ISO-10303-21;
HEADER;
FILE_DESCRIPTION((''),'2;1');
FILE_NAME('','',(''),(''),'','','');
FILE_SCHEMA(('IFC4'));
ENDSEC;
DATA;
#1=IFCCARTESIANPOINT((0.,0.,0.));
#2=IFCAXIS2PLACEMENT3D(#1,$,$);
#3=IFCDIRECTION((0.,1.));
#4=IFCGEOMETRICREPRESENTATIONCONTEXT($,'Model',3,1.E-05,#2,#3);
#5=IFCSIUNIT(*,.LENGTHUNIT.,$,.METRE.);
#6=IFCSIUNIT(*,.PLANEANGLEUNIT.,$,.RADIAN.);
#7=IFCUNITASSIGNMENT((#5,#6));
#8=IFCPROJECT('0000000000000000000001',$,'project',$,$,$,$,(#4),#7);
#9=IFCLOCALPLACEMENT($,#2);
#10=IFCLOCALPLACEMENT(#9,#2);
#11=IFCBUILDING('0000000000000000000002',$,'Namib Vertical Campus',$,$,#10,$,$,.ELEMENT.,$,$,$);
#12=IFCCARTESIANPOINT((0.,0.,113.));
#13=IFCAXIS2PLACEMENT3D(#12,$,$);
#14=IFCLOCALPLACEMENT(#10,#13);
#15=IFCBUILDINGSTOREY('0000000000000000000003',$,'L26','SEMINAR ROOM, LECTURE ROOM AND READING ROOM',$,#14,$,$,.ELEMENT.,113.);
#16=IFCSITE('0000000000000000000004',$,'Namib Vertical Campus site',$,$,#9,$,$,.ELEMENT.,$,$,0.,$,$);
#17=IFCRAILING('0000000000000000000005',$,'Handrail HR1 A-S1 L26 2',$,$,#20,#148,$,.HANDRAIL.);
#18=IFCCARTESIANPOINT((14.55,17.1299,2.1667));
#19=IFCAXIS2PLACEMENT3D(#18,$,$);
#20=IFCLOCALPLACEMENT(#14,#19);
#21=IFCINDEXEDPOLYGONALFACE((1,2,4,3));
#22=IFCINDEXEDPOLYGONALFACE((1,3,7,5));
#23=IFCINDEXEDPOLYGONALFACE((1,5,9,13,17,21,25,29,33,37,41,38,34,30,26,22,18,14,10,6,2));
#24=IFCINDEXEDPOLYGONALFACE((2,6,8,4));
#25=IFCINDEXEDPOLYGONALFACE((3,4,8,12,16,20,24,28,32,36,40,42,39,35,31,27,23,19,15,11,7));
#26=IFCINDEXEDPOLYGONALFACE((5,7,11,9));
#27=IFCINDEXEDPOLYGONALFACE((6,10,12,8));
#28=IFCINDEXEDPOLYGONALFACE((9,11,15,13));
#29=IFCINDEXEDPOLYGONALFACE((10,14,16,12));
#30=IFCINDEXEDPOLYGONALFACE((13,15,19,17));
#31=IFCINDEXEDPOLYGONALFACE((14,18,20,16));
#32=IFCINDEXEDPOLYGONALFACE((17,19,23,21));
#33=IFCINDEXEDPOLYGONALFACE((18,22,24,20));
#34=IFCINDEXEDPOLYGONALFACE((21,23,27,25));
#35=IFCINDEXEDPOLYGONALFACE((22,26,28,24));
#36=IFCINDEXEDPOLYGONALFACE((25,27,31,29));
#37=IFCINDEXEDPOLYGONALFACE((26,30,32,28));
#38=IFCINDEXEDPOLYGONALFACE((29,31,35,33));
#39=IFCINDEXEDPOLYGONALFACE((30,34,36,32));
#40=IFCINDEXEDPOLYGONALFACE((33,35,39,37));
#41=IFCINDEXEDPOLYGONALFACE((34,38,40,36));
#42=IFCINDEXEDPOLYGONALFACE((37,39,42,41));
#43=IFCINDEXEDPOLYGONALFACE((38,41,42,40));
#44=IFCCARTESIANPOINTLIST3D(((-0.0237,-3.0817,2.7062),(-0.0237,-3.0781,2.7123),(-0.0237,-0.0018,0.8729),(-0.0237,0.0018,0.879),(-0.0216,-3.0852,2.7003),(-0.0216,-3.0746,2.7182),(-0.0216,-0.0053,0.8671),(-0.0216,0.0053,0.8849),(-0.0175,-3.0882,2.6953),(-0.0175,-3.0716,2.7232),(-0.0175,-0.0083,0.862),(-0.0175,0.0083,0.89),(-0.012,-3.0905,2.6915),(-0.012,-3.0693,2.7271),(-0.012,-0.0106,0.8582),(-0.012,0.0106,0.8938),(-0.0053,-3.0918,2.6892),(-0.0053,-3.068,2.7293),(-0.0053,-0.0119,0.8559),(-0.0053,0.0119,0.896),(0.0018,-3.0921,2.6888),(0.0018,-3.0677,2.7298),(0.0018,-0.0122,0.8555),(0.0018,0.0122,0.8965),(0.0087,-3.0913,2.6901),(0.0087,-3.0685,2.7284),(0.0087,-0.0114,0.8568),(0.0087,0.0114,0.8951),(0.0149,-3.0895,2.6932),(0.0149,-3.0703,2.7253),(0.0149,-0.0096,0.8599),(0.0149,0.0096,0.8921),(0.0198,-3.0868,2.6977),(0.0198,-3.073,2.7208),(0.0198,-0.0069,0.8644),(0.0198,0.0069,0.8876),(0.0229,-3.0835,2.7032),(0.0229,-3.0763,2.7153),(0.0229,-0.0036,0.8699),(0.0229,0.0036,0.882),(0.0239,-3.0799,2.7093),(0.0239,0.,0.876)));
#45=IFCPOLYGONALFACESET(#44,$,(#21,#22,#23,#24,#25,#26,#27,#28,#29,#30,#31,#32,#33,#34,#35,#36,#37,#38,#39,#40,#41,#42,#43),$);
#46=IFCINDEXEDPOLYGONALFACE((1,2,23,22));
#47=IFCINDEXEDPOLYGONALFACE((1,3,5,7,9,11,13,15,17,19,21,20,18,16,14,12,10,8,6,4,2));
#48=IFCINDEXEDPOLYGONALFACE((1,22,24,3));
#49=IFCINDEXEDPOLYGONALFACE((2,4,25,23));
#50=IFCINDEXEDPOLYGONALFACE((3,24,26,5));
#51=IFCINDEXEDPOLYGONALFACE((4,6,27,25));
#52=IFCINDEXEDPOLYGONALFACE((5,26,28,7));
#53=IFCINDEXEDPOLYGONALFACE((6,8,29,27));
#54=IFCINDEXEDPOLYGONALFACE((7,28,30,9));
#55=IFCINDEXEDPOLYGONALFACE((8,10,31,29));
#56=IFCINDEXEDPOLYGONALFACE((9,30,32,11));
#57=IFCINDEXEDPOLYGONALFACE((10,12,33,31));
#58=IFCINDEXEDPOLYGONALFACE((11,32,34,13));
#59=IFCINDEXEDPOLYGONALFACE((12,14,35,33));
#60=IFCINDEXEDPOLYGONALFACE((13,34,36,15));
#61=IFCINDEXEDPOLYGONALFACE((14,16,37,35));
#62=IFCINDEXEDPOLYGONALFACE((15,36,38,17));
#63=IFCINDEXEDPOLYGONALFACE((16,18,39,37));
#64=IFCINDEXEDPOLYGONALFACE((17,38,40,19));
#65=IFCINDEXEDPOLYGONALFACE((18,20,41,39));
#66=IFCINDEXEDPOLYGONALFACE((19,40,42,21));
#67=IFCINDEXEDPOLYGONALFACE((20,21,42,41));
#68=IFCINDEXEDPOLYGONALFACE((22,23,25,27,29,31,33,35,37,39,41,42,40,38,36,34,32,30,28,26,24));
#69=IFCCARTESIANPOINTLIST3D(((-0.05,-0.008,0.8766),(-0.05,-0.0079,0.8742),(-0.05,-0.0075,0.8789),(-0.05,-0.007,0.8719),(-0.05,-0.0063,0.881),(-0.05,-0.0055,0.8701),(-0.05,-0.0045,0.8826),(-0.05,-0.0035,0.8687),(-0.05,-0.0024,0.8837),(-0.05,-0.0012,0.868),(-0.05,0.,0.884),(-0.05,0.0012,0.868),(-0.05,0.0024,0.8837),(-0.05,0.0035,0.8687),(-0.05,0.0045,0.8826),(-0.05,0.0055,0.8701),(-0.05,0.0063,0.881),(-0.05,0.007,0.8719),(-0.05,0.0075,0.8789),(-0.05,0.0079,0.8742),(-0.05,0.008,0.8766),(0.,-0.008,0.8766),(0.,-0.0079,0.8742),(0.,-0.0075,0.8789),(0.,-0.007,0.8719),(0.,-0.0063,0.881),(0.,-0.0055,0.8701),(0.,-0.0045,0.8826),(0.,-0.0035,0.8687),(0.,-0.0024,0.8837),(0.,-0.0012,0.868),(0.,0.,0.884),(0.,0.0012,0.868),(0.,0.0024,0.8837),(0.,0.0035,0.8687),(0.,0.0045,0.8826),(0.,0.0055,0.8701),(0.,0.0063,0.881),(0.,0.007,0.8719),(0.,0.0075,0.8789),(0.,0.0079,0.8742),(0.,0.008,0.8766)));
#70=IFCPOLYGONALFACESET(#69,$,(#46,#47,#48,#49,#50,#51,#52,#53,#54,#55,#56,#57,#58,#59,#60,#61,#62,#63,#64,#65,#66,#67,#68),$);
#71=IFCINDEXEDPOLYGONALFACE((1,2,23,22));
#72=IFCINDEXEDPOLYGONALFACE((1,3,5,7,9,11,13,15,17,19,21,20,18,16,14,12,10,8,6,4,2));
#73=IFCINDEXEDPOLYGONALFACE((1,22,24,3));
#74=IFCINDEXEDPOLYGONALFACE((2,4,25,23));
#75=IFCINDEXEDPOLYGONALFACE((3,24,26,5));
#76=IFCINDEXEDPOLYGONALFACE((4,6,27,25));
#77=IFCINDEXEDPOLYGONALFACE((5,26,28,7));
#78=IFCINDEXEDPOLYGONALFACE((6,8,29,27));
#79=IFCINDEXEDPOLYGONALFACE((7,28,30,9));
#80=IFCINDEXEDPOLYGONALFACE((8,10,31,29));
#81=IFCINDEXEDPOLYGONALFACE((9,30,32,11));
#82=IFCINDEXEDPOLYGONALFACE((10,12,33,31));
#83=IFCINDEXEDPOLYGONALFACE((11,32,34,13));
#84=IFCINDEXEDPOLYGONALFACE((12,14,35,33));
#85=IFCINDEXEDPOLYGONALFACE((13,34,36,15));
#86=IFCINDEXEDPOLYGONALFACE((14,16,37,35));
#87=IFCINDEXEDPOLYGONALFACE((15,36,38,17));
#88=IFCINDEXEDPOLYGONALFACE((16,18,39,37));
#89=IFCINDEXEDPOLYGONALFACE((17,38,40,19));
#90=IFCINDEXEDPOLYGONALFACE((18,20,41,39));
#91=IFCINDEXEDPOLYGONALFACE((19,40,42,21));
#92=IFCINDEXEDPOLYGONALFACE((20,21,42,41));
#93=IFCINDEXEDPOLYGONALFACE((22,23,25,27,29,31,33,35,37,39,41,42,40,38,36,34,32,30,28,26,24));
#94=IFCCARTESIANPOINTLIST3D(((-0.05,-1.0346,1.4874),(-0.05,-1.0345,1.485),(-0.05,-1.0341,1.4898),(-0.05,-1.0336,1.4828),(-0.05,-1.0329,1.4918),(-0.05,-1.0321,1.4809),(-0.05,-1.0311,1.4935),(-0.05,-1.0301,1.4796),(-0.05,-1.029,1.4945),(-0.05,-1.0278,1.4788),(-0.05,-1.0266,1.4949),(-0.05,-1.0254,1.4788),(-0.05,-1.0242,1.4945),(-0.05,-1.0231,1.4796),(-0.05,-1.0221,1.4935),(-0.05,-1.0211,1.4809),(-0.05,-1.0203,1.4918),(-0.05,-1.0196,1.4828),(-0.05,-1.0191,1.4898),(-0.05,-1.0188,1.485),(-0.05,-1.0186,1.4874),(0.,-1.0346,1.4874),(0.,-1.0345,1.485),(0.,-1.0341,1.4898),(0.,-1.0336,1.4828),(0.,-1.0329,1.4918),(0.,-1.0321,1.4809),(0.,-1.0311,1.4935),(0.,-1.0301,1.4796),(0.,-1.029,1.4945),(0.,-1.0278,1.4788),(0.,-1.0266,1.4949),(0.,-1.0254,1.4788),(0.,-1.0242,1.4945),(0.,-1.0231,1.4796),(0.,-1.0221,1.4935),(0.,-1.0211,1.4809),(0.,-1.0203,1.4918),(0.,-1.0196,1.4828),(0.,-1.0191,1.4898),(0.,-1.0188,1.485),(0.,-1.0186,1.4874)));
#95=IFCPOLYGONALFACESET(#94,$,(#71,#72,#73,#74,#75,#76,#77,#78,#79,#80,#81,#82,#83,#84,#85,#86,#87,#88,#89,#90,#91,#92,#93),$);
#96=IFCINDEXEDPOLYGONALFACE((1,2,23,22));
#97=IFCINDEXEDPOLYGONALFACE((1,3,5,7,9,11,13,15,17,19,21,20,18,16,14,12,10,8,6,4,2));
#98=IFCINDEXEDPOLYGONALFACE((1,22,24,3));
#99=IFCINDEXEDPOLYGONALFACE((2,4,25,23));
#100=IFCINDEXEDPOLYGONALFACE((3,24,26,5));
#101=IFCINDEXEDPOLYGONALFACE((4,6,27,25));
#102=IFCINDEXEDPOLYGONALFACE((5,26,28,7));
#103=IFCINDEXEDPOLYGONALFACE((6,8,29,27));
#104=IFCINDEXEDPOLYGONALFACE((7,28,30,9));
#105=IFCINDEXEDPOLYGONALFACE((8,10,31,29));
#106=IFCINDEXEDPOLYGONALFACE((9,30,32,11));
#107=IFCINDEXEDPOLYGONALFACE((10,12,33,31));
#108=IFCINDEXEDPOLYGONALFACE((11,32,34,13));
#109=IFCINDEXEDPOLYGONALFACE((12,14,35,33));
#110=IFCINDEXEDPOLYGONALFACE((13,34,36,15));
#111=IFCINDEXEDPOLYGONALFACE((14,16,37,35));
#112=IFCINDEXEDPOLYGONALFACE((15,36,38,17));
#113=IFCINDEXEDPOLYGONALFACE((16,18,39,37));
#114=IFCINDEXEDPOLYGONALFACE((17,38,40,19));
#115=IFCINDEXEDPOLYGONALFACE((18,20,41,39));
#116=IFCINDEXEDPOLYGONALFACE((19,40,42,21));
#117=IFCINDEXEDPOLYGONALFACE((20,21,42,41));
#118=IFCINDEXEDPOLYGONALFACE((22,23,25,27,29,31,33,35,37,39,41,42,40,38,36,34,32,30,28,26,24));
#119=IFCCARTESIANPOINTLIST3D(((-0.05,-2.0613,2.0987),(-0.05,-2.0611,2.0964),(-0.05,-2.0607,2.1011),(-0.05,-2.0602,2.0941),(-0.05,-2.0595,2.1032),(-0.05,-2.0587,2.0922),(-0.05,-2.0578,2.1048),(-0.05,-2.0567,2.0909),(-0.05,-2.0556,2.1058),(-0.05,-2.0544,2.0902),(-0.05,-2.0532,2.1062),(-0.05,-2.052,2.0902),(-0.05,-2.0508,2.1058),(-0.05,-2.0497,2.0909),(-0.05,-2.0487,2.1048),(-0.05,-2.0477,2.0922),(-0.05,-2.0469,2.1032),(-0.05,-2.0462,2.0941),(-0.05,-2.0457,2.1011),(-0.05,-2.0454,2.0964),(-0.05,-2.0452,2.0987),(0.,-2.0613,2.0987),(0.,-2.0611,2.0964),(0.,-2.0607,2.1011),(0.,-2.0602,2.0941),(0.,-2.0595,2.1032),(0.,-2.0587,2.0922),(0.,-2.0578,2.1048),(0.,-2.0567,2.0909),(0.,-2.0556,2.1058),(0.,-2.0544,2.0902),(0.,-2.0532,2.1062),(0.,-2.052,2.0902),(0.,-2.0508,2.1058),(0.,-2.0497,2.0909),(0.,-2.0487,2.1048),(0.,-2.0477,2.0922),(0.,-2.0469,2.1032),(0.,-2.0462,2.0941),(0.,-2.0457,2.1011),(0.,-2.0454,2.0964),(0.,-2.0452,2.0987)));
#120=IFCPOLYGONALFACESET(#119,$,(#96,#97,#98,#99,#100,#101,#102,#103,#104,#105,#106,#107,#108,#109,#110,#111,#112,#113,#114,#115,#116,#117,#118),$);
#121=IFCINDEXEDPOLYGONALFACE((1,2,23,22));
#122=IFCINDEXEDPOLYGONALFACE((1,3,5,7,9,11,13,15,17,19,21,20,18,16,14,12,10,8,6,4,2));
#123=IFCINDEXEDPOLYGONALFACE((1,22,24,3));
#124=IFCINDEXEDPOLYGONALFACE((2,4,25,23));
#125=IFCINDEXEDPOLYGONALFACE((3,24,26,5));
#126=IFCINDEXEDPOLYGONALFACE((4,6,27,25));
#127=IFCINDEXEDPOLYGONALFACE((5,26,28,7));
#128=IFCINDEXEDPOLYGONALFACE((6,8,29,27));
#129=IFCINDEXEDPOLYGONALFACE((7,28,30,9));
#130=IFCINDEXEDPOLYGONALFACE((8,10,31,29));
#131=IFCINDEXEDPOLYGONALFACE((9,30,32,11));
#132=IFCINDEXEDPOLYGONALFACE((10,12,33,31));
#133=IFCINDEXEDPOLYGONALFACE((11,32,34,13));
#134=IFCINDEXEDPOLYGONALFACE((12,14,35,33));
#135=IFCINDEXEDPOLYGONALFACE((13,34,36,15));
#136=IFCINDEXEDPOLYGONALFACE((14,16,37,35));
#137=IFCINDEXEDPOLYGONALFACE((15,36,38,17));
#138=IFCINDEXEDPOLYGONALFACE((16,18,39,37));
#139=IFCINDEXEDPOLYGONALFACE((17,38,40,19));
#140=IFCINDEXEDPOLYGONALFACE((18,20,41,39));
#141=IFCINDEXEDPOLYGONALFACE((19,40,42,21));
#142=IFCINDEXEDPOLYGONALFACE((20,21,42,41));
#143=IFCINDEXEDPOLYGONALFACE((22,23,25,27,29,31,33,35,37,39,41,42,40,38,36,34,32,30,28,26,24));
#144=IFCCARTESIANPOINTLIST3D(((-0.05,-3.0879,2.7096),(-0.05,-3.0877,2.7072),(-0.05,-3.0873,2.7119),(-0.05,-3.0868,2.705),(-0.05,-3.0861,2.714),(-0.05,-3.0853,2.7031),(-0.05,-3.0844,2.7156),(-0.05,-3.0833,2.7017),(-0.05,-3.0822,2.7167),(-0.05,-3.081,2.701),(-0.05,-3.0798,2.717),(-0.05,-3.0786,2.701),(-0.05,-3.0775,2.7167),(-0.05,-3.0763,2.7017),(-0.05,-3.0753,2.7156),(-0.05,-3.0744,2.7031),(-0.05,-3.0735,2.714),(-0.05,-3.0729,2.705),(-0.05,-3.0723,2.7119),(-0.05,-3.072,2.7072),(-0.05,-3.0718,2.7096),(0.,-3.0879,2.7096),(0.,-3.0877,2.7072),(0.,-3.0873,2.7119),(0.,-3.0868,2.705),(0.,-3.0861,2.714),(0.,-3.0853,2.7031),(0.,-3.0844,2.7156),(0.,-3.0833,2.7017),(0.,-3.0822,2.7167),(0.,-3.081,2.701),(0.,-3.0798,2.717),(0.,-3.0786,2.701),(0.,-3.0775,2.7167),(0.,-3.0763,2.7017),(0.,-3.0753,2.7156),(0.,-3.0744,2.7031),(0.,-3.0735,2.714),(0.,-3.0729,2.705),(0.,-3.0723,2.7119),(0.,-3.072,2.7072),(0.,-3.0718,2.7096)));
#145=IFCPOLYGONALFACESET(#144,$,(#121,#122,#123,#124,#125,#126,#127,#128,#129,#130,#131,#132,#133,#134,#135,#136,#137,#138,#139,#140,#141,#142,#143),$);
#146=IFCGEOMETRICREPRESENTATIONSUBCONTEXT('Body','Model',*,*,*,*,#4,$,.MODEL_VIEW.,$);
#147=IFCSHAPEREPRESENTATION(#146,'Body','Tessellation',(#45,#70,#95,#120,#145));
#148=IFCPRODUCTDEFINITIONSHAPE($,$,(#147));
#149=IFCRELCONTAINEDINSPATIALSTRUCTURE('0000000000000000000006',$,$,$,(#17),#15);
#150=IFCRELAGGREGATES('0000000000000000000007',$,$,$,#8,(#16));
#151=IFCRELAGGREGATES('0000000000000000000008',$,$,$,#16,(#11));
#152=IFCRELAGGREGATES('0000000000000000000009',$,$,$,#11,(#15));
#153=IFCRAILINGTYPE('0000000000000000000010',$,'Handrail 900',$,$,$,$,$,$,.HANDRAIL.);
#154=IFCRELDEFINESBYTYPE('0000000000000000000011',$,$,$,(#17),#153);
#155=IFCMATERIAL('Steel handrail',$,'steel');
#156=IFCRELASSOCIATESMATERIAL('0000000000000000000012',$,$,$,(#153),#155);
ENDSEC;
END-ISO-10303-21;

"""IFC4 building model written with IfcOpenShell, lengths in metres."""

from ifc_helpers import new_model, si_unit, direction, frame, origin, origin_2d, place, context, subcontext, project, spatial, circle, extrude, material, type_object, element, save


model = new_model("IFC4")

# Units and contexts
model_context = context("Model", 3, precision=1e-05, world=origin(), true_north=direction((0.0, 1.0)))
body_context = subcontext(model_context, "Body", "Model", "MODEL_VIEW")
ifc_project = project(units=[si_unit("LENGTHUNIT", "METRE"), si_unit("PLANEANGLEUNIT", "RADIAN")], contexts=[model_context])

# Site, building, storey
site_placement = place(None, origin())
site = spatial("IfcSite", under=ifc_project, at=site_placement, Name="Namib Vertical Campus site", CompositionType="ELEMENT", RefElevation=0.0)
building_placement = place(site_placement, origin())
building = spatial("IfcBuilding", under=site, at=building_placement, Name="Namib Vertical Campus", CompositionType="ELEMENT")
storey_placement = place(building_placement, frame((0.0, 0.0, 113.0)))
storey = spatial("IfcBuildingStorey", under=building, at=storey_placement, Name="L26", Description="SEMINAR ROOM, LECTURE ROOM AND READING ROOM", CompositionType="ELEMENT", Elevation=113.0)

# Railing
ifc_material_1 = material(Name="Steel handrail", Category="steel")
railing_type = type_object("IfcRailingType", Name="Handrail 900", PredefinedType="HANDRAIL", material=ifc_material_1)
railing_1_placement = place(storey_placement, frame((14.55, 17.1299, 2.1667)))
element("IfcRailing", 1, at=railing_1_placement, inside=storey, type_object=railing_type, Name="Handrail HR1 A-S1 L26 2", PredefinedType="HANDRAIL", context=body_context, shape_type="SweptSolid", body=[
    extrude(circle(Radius=0.0239, at=origin_2d()), frame((0.0, 0.0, 0.876), z_axis=(0.0, -0.859291, 0.511487), x_axis=(1.0, 0.0, 0.0)), (0.0, 0.0, 1.0), 3.5842),
    extrude(circle(Radius=0.0081, at=origin_2d()), frame((0.0, 0.0, 0.876), z_axis=(-1.0, 0.0, 0.0), x_axis=(0.0, 0.0, 1.0)), (0.0, 0.0, 1.0), 0.05),
    extrude(circle(Radius=0.0081, at=origin_2d()), frame((0.0, -1.0266, 1.4868), z_axis=(-1.0, 0.0, 0.0), x_axis=(0.0, 0.0, 1.0)), (0.0, 0.0, 1.0), 0.05),
    extrude(circle(Radius=0.0081, at=origin_2d()), frame((0.0, -2.0532, 2.0981), z_axis=(-1.0, 0.0, 0.0), x_axis=(0.0, 0.0, 1.0)), (0.0, 0.0, 1.0), 0.05),
    extrude(circle(Radius=0.0081, at=origin_2d()), frame((0.0, -3.0798, 2.709), z_axis=(-1.0, 0.0, 0.0), x_axis=(0.0, 0.0, 1.0)), (0.0, 0.0, 1.0), 0.05),
])

save(model, "model.ifc")
